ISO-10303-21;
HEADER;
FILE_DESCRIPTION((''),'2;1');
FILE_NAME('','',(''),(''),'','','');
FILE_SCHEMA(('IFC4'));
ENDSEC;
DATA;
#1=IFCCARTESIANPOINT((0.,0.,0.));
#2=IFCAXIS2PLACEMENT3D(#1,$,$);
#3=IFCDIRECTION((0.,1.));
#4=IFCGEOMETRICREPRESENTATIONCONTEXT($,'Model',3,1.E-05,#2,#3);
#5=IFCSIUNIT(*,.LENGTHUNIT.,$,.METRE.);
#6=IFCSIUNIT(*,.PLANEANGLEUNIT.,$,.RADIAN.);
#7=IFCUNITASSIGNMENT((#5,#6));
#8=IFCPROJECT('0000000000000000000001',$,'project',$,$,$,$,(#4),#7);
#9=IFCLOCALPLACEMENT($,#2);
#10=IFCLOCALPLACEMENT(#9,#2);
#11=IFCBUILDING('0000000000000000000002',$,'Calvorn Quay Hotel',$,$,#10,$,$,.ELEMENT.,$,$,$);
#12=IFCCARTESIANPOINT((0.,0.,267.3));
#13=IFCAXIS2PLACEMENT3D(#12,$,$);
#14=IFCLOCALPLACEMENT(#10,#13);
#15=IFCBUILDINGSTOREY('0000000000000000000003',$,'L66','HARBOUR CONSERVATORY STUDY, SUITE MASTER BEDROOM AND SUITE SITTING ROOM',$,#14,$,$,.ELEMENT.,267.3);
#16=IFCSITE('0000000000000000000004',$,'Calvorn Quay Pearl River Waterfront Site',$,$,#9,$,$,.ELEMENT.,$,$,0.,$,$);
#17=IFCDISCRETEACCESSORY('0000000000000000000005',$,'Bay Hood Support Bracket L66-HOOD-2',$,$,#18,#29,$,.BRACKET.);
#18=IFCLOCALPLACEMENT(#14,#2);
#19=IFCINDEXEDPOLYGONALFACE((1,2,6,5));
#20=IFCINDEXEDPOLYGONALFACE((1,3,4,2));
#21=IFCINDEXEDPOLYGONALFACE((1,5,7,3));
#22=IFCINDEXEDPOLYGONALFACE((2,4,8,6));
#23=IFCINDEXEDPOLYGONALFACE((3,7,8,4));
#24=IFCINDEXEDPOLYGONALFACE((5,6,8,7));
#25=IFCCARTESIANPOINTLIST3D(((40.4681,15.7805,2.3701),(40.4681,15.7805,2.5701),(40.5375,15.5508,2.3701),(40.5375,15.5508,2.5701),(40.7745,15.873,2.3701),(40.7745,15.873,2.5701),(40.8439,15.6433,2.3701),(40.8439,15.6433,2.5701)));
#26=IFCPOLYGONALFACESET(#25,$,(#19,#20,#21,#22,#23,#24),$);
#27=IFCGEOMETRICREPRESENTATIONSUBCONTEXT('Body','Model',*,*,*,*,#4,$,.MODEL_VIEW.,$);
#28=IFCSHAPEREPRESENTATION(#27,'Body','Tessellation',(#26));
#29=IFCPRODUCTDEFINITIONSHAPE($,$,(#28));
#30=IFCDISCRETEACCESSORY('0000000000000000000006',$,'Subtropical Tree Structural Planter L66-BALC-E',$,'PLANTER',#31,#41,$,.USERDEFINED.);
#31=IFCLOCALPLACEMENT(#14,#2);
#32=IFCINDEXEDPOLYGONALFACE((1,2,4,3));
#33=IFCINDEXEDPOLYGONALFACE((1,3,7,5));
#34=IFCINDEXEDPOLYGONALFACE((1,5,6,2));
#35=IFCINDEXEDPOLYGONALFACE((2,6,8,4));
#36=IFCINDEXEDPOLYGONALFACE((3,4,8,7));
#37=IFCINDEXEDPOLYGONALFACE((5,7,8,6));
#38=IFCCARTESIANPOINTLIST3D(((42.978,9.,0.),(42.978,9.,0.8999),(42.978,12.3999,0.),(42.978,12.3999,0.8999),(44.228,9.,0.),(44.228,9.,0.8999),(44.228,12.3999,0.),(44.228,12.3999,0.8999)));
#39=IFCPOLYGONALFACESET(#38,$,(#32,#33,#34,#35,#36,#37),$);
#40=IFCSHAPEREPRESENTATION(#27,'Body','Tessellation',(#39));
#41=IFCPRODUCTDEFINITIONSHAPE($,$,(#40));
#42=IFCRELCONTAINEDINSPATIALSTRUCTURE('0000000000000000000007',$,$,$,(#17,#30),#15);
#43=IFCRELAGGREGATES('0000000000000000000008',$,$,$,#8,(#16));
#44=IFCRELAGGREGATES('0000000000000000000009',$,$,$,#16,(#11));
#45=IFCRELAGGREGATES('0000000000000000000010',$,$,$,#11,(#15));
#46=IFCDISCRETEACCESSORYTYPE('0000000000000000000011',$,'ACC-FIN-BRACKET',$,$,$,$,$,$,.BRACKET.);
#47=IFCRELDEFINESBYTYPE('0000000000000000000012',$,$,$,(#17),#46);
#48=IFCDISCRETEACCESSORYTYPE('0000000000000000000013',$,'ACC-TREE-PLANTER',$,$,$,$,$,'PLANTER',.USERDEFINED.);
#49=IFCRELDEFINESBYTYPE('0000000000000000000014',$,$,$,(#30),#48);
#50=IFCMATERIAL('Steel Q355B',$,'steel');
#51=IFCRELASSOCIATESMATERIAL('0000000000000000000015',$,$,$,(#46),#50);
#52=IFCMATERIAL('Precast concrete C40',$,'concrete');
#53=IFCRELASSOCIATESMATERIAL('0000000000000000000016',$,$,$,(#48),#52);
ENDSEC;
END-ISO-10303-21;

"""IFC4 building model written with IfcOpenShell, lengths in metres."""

from ifc_helpers import new_model, si_unit, direction, frame, origin, origin_2d, place, context, subcontext, project, spatial, rectangle, extrude, material, type_object, element, save


model = new_model("IFC4")

# Units and contexts
model_context = context("Model", 3, precision=1e-05, world=origin(), true_north=direction((0.0, 1.0)))
body_context = subcontext(model_context, "Body", "Model", "MODEL_VIEW")
ifc_project = project(units=[si_unit("LENGTHUNIT", "METRE"), si_unit("PLANEANGLEUNIT", "RADIAN")], contexts=[model_context])

# Site, building, storey
site_placement = place(None, origin())
site = spatial("IfcSite", under=ifc_project, at=site_placement, Name="Calvorn Quay Pearl River Waterfront Site", CompositionType="ELEMENT", RefElevation=0.0)
building_placement = place(site_placement, origin())
building = spatial("IfcBuilding", under=site, at=building_placement, Name="Calvorn Quay Hotel", CompositionType="ELEMENT")
storey_placement = place(building_placement, frame((0.0, 0.0, 267.3)))
storey = spatial("IfcBuildingStorey", under=building, at=storey_placement, Name="L66", Description="HARBOUR CONSERVATORY STUDY, SUITE MASTER BEDROOM AND SUITE SITTING ROOM", CompositionType="ELEMENT", Elevation=267.3)

# Discrete accessories
ifc_material_1 = material(Name="Steel Q355B", Category="steel")
discrete_accessory_type_1 = type_object("IfcDiscreteAccessoryType", Name="ACC-FIN-BRACKET", PredefinedType="BRACKET", material=ifc_material_1)
discrete_accessory_1_placement = place(storey_placement, frame((40.656, 15.7119, 2.3701), z_axis=(0.0, 0.0, 1.0), x_axis=(0.957319, 0.289032, 0.0)))
element("IfcDiscreteAccessory", 1, at=discrete_accessory_1_placement, inside=storey, type_object=discrete_accessory_type_1, Name="Bay Hood Support Bracket L66-HOOD-2", PredefinedType="BRACKET", context=body_context, shape_type="SweptSolid", body=[
    extrude(rectangle(XDim=0.3201, YDim=0.24, at=origin_2d()), origin(), (0.0, 0.0, 1.0), 0.2),
])
ifc_material_2 = material(Name="Precast concrete C40", Category="concrete")
discrete_accessory_type_2 = type_object("IfcDiscreteAccessoryType", Name="ACC-TREE-PLANTER", ElementType="PLANTER", PredefinedType="USERDEFINED", material=ifc_material_2)
discrete_accessory_2_placement = place(storey_placement, frame((43.603, 10.7, 0.0), z_axis=(0.0, 0.0, 1.0), x_axis=(1.0, 0.0, 0.0)))
element("IfcDiscreteAccessory", 2, at=discrete_accessory_2_placement, inside=storey, type_object=discrete_accessory_type_2, Name="Subtropical Tree Structural Planter L66-BALC-E", ObjectType="PLANTER", PredefinedType="USERDEFINED", context=body_context, shape_type="SweptSolid", body=[
    extrude(rectangle(XDim=1.25, YDim=3.3999, at=origin_2d()), origin(), (0.0, 0.0, 1.0), 0.8999),
])

save(model, "model.ifc")
